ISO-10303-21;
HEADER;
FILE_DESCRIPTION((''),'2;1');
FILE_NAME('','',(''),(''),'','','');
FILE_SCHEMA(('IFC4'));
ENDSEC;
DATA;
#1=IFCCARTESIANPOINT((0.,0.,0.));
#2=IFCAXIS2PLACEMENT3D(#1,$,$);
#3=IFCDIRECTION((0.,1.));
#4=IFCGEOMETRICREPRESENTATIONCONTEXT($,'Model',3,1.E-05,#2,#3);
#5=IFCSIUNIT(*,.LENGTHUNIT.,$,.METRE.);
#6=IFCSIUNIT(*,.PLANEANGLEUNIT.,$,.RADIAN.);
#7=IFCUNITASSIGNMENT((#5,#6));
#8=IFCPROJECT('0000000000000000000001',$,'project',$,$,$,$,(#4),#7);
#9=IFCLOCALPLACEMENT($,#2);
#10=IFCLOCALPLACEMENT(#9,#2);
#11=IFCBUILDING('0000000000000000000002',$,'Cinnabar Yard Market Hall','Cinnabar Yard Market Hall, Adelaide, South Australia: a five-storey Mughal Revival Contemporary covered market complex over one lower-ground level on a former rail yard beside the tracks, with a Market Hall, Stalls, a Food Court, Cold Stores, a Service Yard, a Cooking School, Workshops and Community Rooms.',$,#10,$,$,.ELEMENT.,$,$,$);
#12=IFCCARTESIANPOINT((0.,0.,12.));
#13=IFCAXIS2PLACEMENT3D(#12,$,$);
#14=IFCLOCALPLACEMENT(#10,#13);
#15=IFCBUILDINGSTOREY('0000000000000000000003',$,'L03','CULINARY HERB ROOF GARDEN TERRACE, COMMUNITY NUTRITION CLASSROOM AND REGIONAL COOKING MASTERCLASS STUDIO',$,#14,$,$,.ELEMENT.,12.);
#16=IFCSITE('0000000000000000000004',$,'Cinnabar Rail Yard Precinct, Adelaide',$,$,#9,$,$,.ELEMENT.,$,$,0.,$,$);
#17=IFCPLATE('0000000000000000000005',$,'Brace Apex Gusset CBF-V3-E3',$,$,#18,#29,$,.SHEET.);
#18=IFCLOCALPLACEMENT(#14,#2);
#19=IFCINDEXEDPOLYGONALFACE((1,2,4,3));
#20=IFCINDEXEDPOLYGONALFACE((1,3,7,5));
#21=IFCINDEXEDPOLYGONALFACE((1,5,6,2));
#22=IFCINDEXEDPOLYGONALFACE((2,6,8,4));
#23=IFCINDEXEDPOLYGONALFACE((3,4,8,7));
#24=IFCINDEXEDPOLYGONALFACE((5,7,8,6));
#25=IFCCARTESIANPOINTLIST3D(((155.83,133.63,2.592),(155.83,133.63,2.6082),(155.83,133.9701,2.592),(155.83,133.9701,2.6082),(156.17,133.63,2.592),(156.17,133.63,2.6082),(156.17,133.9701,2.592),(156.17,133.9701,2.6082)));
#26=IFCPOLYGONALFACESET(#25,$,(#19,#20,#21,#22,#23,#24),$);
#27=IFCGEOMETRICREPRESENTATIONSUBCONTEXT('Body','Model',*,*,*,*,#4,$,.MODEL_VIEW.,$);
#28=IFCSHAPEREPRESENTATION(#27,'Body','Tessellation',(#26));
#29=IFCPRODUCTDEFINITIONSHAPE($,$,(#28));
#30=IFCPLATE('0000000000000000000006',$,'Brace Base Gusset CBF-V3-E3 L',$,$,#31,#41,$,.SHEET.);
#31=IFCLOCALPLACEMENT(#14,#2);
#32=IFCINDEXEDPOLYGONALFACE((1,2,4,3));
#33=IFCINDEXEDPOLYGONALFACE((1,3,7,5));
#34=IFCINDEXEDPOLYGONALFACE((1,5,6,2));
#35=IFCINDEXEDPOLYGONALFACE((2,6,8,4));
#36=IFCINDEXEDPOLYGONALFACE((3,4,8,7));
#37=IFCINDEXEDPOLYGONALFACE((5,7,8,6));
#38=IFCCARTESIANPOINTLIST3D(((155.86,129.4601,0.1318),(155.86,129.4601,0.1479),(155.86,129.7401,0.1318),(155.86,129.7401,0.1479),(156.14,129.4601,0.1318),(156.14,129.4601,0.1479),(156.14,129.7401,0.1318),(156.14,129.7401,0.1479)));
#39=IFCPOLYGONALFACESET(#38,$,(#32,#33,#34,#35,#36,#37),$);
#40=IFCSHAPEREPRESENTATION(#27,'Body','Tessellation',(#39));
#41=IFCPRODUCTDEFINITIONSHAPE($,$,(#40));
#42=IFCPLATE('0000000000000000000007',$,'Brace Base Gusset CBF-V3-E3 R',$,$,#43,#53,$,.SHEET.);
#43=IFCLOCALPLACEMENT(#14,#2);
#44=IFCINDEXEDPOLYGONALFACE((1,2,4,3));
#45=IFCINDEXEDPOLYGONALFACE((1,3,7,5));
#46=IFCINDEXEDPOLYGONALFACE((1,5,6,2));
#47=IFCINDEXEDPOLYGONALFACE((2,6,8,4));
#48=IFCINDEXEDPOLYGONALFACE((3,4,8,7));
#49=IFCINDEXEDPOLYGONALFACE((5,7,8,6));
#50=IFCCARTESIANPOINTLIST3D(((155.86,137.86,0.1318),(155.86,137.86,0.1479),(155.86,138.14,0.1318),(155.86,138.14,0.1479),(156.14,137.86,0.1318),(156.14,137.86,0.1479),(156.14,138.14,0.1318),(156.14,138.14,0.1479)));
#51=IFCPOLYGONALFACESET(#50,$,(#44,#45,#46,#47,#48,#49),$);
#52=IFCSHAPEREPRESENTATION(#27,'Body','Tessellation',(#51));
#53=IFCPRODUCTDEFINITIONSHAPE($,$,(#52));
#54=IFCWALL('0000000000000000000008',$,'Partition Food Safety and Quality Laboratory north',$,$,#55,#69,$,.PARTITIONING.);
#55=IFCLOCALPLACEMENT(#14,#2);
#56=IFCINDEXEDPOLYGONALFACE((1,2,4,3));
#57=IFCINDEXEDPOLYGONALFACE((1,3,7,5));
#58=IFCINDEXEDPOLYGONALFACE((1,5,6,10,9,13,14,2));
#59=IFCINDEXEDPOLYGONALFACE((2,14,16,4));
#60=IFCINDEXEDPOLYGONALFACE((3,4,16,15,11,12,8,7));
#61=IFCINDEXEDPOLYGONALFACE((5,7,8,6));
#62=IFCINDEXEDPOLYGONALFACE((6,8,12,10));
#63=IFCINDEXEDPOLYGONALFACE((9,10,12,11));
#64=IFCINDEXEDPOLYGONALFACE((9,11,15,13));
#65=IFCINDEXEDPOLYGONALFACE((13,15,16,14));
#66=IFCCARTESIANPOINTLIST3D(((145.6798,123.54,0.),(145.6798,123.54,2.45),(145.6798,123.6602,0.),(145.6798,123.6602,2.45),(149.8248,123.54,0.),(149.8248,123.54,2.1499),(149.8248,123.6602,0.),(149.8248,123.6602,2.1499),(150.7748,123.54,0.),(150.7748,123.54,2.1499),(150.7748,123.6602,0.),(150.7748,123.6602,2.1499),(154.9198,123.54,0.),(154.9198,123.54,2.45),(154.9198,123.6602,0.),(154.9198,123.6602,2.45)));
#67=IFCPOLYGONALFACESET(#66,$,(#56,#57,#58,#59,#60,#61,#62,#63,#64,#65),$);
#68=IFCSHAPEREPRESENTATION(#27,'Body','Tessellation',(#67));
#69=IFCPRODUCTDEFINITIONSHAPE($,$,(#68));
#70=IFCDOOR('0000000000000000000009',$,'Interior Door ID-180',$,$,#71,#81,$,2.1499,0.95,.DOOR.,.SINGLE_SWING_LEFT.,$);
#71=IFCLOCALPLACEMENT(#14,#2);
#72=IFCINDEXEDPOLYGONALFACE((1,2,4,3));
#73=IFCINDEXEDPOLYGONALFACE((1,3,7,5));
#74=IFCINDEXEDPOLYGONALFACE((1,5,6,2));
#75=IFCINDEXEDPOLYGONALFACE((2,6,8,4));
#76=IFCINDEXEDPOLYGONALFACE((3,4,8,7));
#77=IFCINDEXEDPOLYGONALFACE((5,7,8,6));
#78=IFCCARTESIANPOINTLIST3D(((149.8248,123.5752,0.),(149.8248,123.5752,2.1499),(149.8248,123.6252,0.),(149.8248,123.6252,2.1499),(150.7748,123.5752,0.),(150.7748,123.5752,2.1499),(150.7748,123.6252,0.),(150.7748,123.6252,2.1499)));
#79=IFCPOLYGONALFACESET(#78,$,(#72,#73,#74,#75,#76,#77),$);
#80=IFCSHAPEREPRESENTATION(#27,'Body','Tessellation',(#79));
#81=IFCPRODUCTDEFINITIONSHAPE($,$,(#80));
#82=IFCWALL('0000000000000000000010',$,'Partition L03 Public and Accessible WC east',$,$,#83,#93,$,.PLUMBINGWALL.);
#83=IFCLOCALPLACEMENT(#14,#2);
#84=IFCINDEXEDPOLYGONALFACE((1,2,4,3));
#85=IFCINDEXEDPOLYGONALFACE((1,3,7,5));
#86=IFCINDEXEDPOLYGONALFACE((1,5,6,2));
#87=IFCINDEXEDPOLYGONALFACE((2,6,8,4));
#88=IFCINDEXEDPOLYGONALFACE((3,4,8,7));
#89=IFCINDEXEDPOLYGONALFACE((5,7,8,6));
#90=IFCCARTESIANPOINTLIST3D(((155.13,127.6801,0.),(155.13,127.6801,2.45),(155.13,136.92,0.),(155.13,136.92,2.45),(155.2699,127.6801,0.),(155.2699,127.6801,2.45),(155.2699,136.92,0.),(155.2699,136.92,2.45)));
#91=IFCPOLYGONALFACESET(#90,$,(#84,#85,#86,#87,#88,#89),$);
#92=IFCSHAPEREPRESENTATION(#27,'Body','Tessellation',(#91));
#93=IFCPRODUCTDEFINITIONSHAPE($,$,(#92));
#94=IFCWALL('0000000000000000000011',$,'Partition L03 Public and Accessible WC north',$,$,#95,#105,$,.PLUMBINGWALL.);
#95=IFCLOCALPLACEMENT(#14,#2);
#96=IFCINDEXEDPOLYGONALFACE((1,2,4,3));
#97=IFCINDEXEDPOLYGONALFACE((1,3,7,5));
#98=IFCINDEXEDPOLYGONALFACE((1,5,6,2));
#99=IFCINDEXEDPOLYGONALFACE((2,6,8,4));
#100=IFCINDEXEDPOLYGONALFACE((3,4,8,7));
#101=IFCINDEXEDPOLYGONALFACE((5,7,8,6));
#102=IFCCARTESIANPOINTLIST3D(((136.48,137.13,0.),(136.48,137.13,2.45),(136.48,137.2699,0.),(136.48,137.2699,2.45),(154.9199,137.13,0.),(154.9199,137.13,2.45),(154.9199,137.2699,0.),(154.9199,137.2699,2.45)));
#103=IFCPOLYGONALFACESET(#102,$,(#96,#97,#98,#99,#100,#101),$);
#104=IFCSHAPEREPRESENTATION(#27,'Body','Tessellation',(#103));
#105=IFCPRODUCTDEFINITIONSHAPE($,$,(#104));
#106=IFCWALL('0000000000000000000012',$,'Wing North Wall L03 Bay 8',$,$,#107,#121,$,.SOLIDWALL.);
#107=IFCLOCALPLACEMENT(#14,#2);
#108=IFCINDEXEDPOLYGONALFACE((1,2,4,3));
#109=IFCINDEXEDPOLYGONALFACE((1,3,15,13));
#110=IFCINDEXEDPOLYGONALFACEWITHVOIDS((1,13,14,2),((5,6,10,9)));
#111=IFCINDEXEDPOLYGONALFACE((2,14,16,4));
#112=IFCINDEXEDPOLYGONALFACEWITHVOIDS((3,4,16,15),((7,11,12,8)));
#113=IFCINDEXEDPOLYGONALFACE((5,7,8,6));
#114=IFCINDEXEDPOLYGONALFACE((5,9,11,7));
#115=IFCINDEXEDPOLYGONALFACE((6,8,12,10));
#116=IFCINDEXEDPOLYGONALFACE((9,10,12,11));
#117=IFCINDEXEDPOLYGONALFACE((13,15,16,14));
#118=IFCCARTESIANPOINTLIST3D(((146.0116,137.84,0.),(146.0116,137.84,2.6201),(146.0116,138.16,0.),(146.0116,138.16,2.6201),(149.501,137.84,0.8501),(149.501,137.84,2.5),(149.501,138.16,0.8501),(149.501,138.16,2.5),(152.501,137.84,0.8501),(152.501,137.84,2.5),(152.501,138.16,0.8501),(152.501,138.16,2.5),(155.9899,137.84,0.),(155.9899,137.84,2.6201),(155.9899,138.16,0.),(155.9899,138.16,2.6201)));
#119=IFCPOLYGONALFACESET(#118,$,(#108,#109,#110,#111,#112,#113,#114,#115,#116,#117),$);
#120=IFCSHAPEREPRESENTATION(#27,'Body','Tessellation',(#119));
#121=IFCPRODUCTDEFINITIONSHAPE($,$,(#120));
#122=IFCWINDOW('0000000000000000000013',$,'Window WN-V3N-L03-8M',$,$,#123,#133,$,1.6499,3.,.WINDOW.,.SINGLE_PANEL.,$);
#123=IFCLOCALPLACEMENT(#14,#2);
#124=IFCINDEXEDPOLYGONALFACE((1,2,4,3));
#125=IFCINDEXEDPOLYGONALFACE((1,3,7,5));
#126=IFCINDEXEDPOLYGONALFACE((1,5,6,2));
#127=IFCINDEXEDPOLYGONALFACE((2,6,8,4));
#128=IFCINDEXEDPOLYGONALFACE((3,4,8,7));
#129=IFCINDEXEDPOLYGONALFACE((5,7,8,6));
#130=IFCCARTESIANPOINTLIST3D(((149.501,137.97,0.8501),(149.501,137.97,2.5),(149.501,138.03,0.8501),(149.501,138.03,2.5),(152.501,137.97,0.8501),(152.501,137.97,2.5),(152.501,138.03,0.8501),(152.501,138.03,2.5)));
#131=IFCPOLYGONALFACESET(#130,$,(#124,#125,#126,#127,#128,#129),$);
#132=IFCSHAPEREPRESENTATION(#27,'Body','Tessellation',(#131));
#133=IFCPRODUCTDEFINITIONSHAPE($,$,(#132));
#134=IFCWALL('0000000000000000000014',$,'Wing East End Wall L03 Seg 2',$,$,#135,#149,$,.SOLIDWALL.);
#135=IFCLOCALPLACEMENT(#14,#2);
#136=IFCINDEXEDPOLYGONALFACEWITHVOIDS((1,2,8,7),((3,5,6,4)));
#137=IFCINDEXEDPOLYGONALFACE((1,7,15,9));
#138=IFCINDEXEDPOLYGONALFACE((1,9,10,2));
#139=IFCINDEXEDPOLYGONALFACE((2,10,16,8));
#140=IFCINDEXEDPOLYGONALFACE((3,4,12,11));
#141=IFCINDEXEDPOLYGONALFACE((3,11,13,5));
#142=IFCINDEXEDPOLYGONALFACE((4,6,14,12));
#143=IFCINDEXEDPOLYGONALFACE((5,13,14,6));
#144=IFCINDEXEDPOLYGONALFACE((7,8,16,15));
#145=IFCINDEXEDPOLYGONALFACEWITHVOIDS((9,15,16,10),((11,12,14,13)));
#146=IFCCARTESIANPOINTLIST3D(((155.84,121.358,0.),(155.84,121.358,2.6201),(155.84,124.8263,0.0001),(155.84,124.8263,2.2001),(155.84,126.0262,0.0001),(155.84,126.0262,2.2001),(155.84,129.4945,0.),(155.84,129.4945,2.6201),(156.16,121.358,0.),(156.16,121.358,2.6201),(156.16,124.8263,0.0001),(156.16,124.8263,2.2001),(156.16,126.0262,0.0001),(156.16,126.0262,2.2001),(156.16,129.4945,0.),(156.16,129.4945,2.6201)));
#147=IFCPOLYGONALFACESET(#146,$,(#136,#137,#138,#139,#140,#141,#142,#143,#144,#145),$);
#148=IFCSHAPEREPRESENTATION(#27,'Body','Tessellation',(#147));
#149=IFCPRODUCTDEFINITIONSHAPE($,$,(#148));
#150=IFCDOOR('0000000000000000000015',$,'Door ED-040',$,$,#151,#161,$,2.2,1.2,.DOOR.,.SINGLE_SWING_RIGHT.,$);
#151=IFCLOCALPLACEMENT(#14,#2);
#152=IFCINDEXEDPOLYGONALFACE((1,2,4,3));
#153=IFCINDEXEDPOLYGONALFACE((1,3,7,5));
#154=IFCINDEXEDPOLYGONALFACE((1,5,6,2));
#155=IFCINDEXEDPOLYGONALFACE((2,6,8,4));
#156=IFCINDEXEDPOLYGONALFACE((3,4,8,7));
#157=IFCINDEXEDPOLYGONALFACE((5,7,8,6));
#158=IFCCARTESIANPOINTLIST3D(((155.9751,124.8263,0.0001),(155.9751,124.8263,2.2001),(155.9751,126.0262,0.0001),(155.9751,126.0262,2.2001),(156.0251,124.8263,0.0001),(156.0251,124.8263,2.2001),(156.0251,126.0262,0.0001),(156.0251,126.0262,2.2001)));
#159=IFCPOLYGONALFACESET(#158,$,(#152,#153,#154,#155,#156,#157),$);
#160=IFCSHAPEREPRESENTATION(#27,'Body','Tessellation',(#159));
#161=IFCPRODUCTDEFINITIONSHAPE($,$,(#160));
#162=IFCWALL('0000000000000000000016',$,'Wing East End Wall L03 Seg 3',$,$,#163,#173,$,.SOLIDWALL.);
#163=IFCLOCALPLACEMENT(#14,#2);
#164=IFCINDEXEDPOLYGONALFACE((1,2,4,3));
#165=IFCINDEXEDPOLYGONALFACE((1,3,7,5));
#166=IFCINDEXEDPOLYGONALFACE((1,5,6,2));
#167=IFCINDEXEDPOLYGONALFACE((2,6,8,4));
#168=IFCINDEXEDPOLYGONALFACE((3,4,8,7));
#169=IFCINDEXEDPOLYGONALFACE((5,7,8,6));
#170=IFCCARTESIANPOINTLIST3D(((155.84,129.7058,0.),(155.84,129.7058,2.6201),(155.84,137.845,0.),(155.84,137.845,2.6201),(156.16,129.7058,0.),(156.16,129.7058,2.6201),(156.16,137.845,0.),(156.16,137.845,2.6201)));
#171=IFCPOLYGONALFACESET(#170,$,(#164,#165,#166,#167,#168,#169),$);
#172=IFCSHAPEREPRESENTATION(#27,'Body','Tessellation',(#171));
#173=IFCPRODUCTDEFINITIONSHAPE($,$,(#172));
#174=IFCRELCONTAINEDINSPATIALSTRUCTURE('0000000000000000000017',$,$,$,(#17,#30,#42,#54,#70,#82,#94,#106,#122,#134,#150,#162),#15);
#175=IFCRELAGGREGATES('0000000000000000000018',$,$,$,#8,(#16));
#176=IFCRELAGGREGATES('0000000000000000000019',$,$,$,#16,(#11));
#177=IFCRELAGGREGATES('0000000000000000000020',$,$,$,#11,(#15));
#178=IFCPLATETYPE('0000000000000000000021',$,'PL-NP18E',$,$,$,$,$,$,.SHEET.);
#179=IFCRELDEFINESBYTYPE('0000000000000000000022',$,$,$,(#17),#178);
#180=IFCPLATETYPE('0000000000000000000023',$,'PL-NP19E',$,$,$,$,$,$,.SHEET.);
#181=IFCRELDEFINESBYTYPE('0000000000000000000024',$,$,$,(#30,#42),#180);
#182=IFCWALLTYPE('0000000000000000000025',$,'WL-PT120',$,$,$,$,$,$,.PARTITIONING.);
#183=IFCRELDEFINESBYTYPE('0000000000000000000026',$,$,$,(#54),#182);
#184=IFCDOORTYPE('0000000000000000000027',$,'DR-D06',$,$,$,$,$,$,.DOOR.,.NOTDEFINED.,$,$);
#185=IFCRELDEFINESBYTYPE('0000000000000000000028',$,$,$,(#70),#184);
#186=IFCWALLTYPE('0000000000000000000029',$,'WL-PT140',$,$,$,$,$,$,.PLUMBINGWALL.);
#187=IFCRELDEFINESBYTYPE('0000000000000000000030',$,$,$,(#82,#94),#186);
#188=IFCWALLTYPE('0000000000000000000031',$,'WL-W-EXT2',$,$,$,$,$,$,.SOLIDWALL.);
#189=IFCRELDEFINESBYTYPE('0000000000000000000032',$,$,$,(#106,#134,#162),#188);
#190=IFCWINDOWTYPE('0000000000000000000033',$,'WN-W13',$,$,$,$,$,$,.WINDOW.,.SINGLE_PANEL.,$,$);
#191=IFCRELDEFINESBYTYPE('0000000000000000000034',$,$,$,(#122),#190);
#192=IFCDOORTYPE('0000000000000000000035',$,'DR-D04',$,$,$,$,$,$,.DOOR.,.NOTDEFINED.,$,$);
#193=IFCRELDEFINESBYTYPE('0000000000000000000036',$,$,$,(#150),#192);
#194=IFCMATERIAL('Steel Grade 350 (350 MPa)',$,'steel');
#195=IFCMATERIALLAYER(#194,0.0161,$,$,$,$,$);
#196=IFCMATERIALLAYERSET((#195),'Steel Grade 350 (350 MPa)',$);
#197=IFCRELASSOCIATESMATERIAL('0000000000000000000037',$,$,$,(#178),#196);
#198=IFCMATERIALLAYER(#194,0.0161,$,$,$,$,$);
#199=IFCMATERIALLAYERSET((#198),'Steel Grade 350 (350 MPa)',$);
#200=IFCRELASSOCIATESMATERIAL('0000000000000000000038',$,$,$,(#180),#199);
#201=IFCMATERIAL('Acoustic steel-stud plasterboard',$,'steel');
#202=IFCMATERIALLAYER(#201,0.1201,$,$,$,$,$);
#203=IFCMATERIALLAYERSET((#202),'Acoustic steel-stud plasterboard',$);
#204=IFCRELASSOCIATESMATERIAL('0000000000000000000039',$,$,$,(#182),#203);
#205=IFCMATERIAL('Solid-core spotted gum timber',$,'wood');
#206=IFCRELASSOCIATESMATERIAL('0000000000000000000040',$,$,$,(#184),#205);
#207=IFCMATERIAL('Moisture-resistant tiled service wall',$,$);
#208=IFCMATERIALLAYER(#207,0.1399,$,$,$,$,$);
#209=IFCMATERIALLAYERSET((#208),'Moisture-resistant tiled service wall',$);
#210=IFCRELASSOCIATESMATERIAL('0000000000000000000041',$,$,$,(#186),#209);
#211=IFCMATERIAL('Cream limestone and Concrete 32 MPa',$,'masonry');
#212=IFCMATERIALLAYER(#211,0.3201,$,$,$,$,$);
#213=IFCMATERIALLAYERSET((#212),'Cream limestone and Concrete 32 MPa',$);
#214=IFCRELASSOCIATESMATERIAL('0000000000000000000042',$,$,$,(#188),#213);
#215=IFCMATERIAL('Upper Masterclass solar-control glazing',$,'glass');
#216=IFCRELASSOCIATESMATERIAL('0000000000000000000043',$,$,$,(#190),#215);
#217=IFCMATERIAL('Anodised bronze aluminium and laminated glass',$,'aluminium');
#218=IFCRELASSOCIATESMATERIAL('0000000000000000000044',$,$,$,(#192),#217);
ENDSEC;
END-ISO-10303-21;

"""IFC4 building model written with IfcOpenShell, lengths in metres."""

from ifc_helpers import new_model, si_unit, direction, frame, frame_2d, origin, origin_2d_with_axis, place, context, subcontext, project, spatial, rectangle, extrude, material, layer, layer_set, type_object, element, fill, save


model = new_model("IFC4")

# Units and contexts
model_context = context("Model", 3, precision=1e-05, world=origin(), true_north=direction((0.0, 1.0)))
body_context = subcontext(model_context, "Body", "Model", "MODEL_VIEW")
ifc_project = project(units=[si_unit("LENGTHUNIT", "METRE"), si_unit("PLANEANGLEUNIT", "RADIAN")], contexts=[model_context])

# Site, building, storey
site_placement = place(None, origin())
site = spatial("IfcSite", under=ifc_project, at=site_placement, Name="Cinnabar Rail Yard Precinct, Adelaide", CompositionType="ELEMENT", RefElevation=0.0)
building_placement = place(site_placement, origin())
building = spatial("IfcBuilding", under=site, at=building_placement, Name="Cinnabar Yard Market Hall", Description="Cinnabar Yard Market Hall, Adelaide, South Australia: a five-storey Mughal Revival Contemporary covered market complex over one lower-ground level on a former rail yard beside the tracks, with a Market Hall, Stalls, a Food Court, Cold Stores, a Service Yard, a Cooking School, Workshops and Community Rooms.", CompositionType="ELEMENT")
storey_placement = place(building_placement, frame((0.0, 0.0, 12.0)))
storey = spatial("IfcBuildingStorey", under=building, at=storey_placement, Name="L03", Description="CULINARY HERB ROOF GARDEN TERRACE, COMMUNITY NUTRITION CLASSROOM AND REGIONAL COOKING MASTERCLASS STUDIO", CompositionType="ELEMENT", Elevation=12.0)

# Plates
ifc_material_1 = material(Name="Steel Grade 350 (350 MPa)", Category="steel")
ifc_layer_1 = layer(ifc_material_1, 0.0161)
ifc_layer_set_1 = layer_set([ifc_layer_1], Name="Steel Grade 350 (350 MPa)")
plate_type_1 = type_object("IfcPlateType", Name="PL-NP18E", PredefinedType="SHEET", material=ifc_layer_set_1)
plate_placement = place(storey_placement, frame((156.0, 133.8, 2.592), z_axis=(0.0, 0.0, 1.0), x_axis=(1.0, 0.0, 0.0)))
element("IfcPlate", 1, at=plate_placement, inside=storey, type_object=plate_type_1, Name="Brace Apex Gusset CBF-V3-E3", PredefinedType="SHEET", context=body_context, shape_type="SweptSolid", body=[
    extrude(rectangle(XDim=0.3401, YDim=0.3401, at=origin_2d_with_axis()), origin(), (0.0, 0.0, 1.0), 0.0161),
])
ifc_layer_2 = layer(ifc_material_1, 0.0161)
ifc_layer_set_2 = layer_set([ifc_layer_2], Name="Steel Grade 350 (350 MPa)")
plate_type_2 = type_object("IfcPlateType", Name="PL-NP19E", PredefinedType="SHEET", material=ifc_layer_set_2)
for number, where, z_axis, x_axis, name in (
    (2, (156.0, 129.6001, 0.1318), (0.0, 0.0, 1.0), (1.0, 0.0, 0.0), "Brace Base Gusset CBF-V3-E3 L"),
    (3, (156.0, 138.0, 0.1318), (0.0, 0.0, 1.0), (1.0, 0.0, 0.0), "Brace Base Gusset CBF-V3-E3 R"),
):
    element("IfcPlate", number, at=place(storey_placement, frame(where, z_axis=z_axis, x_axis=x_axis)), inside=storey, type_object=plate_type_2, Name=name, PredefinedType="SHEET", context=body_context, shape_type="SweptSolid", body=[
        extrude(rectangle(XDim=0.28, YDim=0.28, at=origin_2d_with_axis()), origin(), (0.0, 0.0, 1.0), 0.0161),
    ])

# Wall, opening, door
ifc_material_2 = material(Name="Acoustic steel-stud plasterboard", Category="steel")
ifc_layer_3 = layer(ifc_material_2, 0.1201)
ifc_layer_set_3 = layer_set([ifc_layer_3], Name="Acoustic steel-stud plasterboard")
wall_type_1 = type_object("IfcWallType", Name="WL-PT120", PredefinedType="PARTITIONING", material=ifc_layer_set_3)
wall_1_placement = place(storey_placement, frame((154.9199, 123.6001, 0.0), z_axis=(0.0, 0.0, 1.0), x_axis=(-1.0, 0.0, 0.0)))
wall_1 = element("IfcWall", 4, at=wall_1_placement, inside=storey, type_object=wall_type_1, Name="Partition Food Safety and Quality Laboratory north", PredefinedType="PARTITIONING", context=body_context, shape_type="SweptSolid", body=[
    extrude(rectangle(XDim=9.24, YDim=0.1201, at=frame_2d((4.6201, 0.0), x_axis=(1.0, 0.0))), origin(), (0.0, 0.0, 1.0), 2.45),
])
opening_1_placement = place(wall_1_placement, frame((4.145, 0.0, 0.0)))
opening_1 = element("IfcOpeningElement", 5, at=opening_1_placement, cuts=wall_1, PredefinedType="OPENING", context=body_context, shape_type="SweptSolid", body=[
    extrude(rectangle(XDim=0.95, YDim=2.1499, at=frame_2d((0.4751, 1.075), x_axis=(1.0, 0.0))), frame((0.0, 0.0701, 0.0), z_axis=(0.0, -1.0, 0.0), x_axis=(1.0, 0.0, 0.0)), (0.0, 0.0, 1.0), 0.1401),
])
ifc_material_3 = material(Name="Solid-core spotted gum timber", Category="wood")
door_type_1 = type_object("IfcDoorType", Name="DR-D06", OperationType="NOTDEFINED", PredefinedType="DOOR", material=ifc_material_3)
door_1_placement = place(opening_1_placement, origin())
door_1 = element("IfcDoor", 6, at=door_1_placement, inside=storey, type_object=door_type_1, Name="Interior Door ID-180", OperationType="SINGLE_SWING_LEFT", OverallHeight=2.1499, OverallWidth=0.95, PredefinedType="DOOR", context=body_context, shape_type="SweptSolid", body=[
    extrude(rectangle(XDim=0.95, YDim=2.1499, at=frame_2d((0.4751, 1.075), x_axis=(1.0, 0.0))), frame((0.0, 0.0249, 0.0), z_axis=(0.0, -1.0, 0.0), x_axis=(1.0, 0.0, 0.0)), (0.0, 0.0, 1.0), 0.05),
])
fill(opening_1, door_1)

# Walls
ifc_material_4 = material(Name="Moisture-resistant tiled service wall")
ifc_layer_4 = layer(ifc_material_4, 0.1399)
ifc_layer_set_4 = layer_set([ifc_layer_4], Name="Moisture-resistant tiled service wall")
wall_type_2 = type_object("IfcWallType", Name="WL-PT140", PredefinedType="PLUMBINGWALL", material=ifc_layer_set_4)
wall_2_placement = place(storey_placement, frame((155.2, 127.6799, 0.0), z_axis=(0.0, 0.0, 1.0), x_axis=(0.0, 1.0, 0.0)))
element("IfcWall", 7, at=wall_2_placement, inside=storey, type_object=wall_type_2, Name="Partition L03 Public and Accessible WC east", PredefinedType="PLUMBINGWALL", context=body_context, shape_type="SweptSolid", body=[
    extrude(rectangle(XDim=9.24, YDim=0.1399, at=frame_2d((4.6201, 0.0), x_axis=(1.0, 0.0))), origin(), (0.0, 0.0, 1.0), 2.45),
])
wall_3_placement = place(storey_placement, frame((154.9199, 137.2, 0.0), z_axis=(0.0, 0.0, 1.0), x_axis=(-1.0, 0.0, 0.0)))
element("IfcWall", 8, at=wall_3_placement, inside=storey, type_object=wall_type_2, Name="Partition L03 Public and Accessible WC north", PredefinedType="PLUMBINGWALL", context=body_context, shape_type="SweptSolid", body=[
    extrude(rectangle(XDim=18.4399, YDim=0.1399, at=frame_2d((9.22, 0.0), x_axis=(1.0, 0.0))), origin(), (0.0, 0.0, 1.0), 2.45),
])

# Wall, opening, window
ifc_material_5 = material(Name="Cream limestone and Concrete 32 MPa", Category="masonry")
ifc_layer_5 = layer(ifc_material_5, 0.3201)
ifc_layer_set_5 = layer_set([ifc_layer_5], Name="Cream limestone and Concrete 32 MPa")
wall_type_3 = type_object("IfcWallType", Name="WL-W-EXT2", PredefinedType="SOLIDWALL", material=ifc_layer_set_5)
wall_4_placement = place(storey_placement, frame((155.99, 138.0, 0.0), z_axis=(0.0, 0.0, 1.0), x_axis=(-1.0, 0.0, 0.0)))
wall_4 = element("IfcWall", 9, at=wall_4_placement, inside=storey, type_object=wall_type_3, Name="Wing North Wall L03 Bay 8", PredefinedType="SOLIDWALL", context=body_context, shape_type="SweptSolid", body=[
    extrude(rectangle(XDim=9.9783, YDim=0.3201, at=frame_2d((4.9893, 0.0), x_axis=(1.0, 0.0))), origin(), (0.0, 0.0, 1.0), 2.6201),
])
opening_2_placement = place(wall_4_placement, frame((3.489, 0.0, 0.8501)))
opening_2 = element("IfcOpeningElement", 10, at=opening_2_placement, cuts=wall_4, PredefinedType="OPENING", context=body_context, shape_type="SweptSolid", body=[
    extrude(rectangle(XDim=3.0, YDim=1.6499, at=frame_2d((1.5, 0.825), x_axis=(1.0, 0.0))), frame((0.0, 0.1699, 0.0), z_axis=(0.0, -1.0, 0.0), x_axis=(1.0, 0.0, 0.0)), (0.0, 0.0, 1.0), 0.3401),
])
ifc_material_6 = material(Name="Upper Masterclass solar-control glazing", Category="glass")
window_type = type_object("IfcWindowType", Name="WN-W13", PartitioningType="SINGLE_PANEL", PredefinedType="WINDOW", material=ifc_material_6)
window_placement = place(opening_2_placement, origin())
window = element("IfcWindow", 11, at=window_placement, inside=storey, type_object=window_type, Name="Window WN-V3N-L03-8M", OverallHeight=1.6499, OverallWidth=3.0, PartitioningType="SINGLE_PANEL", PredefinedType="WINDOW", context=body_context, shape_type="SweptSolid", body=[
    extrude(rectangle(XDim=3.0, YDim=1.6499, at=frame_2d((1.5, 0.825), x_axis=(1.0, 0.0))), frame((0.0, 0.03, 0.0), z_axis=(0.0, -1.0, 0.0), x_axis=(1.0, 0.0, 0.0)), (0.0, 0.0, 1.0), 0.0601),
])
fill(opening_2, window)

# Wall, opening, door
wall_5_placement = place(storey_placement, frame((156.0, 121.3579, 0.0), z_axis=(0.0, 0.0, 1.0), x_axis=(0.0, 1.0, 0.0)))
wall_5 = element("IfcWall", 12, at=wall_5_placement, inside=storey, type_object=wall_type_3, Name="Wing East End Wall L03 Seg 2", PredefinedType="SOLIDWALL", context=body_context, shape_type="SweptSolid", body=[
    extrude(rectangle(XDim=8.1365, YDim=0.3201, at=frame_2d((4.0684, 0.0), x_axis=(1.0, 0.0))), origin(), (0.0, 0.0, 1.0), 2.6201),
])
opening_3_placement = place(wall_5_placement, frame((3.4683, 0.0, 0.0)))
opening_3 = element("IfcOpeningElement", 13, at=opening_3_placement, cuts=wall_5, PredefinedType="OPENING", context=body_context, shape_type="SweptSolid", body=[
    extrude(rectangle(XDim=1.2, YDim=2.2, at=frame_2d((0.6001, 1.1001), x_axis=(1.0, 0.0))), frame((0.0, 0.1699, 0.0), z_axis=(0.0, -1.0, 0.0), x_axis=(1.0, 0.0, 0.0)), (0.0, 0.0, 1.0), 0.3401),
])
ifc_material_7 = material(Name="Anodised bronze aluminium and laminated glass", Category="aluminium")
door_type_2 = type_object("IfcDoorType", Name="DR-D04", OperationType="NOTDEFINED", PredefinedType="DOOR", material=ifc_material_7)
door_2_placement = place(opening_3_placement, origin())
door_2 = element("IfcDoor", 14, at=door_2_placement, inside=storey, type_object=door_type_2, Name="Door ED-040", OperationType="SINGLE_SWING_RIGHT", OverallHeight=2.2, OverallWidth=1.2, PredefinedType="DOOR", context=body_context, shape_type="SweptSolid", body=[
    extrude(rectangle(XDim=1.2, YDim=2.2, at=frame_2d((0.6001, 1.1001), x_axis=(1.0, 0.0))), frame((0.0, 0.0249, 0.0), z_axis=(0.0, -1.0, 0.0), x_axis=(1.0, 0.0, 0.0)), (0.0, 0.0, 1.0), 0.05),
])
fill(opening_3, door_2)

# Wall
wall_6_placement = place(storey_placement, frame((156.0, 129.7058, 0.0), z_axis=(0.0, 0.0, 1.0), x_axis=(0.0, 1.0, 0.0)))
element("IfcWall", 15, at=wall_6_placement, inside=storey, type_object=wall_type_3, Name="Wing East End Wall L03 Seg 3", PredefinedType="SOLIDWALL", context=body_context, shape_type="SweptSolid", body=[
    extrude(rectangle(XDim=8.1392, YDim=0.3201, at=frame_2d((4.0696, 0.0), x_axis=(1.0, 0.0))), origin(), (0.0, 0.0, 1.0), 2.6201),
])

save(model, "model.ifc")
